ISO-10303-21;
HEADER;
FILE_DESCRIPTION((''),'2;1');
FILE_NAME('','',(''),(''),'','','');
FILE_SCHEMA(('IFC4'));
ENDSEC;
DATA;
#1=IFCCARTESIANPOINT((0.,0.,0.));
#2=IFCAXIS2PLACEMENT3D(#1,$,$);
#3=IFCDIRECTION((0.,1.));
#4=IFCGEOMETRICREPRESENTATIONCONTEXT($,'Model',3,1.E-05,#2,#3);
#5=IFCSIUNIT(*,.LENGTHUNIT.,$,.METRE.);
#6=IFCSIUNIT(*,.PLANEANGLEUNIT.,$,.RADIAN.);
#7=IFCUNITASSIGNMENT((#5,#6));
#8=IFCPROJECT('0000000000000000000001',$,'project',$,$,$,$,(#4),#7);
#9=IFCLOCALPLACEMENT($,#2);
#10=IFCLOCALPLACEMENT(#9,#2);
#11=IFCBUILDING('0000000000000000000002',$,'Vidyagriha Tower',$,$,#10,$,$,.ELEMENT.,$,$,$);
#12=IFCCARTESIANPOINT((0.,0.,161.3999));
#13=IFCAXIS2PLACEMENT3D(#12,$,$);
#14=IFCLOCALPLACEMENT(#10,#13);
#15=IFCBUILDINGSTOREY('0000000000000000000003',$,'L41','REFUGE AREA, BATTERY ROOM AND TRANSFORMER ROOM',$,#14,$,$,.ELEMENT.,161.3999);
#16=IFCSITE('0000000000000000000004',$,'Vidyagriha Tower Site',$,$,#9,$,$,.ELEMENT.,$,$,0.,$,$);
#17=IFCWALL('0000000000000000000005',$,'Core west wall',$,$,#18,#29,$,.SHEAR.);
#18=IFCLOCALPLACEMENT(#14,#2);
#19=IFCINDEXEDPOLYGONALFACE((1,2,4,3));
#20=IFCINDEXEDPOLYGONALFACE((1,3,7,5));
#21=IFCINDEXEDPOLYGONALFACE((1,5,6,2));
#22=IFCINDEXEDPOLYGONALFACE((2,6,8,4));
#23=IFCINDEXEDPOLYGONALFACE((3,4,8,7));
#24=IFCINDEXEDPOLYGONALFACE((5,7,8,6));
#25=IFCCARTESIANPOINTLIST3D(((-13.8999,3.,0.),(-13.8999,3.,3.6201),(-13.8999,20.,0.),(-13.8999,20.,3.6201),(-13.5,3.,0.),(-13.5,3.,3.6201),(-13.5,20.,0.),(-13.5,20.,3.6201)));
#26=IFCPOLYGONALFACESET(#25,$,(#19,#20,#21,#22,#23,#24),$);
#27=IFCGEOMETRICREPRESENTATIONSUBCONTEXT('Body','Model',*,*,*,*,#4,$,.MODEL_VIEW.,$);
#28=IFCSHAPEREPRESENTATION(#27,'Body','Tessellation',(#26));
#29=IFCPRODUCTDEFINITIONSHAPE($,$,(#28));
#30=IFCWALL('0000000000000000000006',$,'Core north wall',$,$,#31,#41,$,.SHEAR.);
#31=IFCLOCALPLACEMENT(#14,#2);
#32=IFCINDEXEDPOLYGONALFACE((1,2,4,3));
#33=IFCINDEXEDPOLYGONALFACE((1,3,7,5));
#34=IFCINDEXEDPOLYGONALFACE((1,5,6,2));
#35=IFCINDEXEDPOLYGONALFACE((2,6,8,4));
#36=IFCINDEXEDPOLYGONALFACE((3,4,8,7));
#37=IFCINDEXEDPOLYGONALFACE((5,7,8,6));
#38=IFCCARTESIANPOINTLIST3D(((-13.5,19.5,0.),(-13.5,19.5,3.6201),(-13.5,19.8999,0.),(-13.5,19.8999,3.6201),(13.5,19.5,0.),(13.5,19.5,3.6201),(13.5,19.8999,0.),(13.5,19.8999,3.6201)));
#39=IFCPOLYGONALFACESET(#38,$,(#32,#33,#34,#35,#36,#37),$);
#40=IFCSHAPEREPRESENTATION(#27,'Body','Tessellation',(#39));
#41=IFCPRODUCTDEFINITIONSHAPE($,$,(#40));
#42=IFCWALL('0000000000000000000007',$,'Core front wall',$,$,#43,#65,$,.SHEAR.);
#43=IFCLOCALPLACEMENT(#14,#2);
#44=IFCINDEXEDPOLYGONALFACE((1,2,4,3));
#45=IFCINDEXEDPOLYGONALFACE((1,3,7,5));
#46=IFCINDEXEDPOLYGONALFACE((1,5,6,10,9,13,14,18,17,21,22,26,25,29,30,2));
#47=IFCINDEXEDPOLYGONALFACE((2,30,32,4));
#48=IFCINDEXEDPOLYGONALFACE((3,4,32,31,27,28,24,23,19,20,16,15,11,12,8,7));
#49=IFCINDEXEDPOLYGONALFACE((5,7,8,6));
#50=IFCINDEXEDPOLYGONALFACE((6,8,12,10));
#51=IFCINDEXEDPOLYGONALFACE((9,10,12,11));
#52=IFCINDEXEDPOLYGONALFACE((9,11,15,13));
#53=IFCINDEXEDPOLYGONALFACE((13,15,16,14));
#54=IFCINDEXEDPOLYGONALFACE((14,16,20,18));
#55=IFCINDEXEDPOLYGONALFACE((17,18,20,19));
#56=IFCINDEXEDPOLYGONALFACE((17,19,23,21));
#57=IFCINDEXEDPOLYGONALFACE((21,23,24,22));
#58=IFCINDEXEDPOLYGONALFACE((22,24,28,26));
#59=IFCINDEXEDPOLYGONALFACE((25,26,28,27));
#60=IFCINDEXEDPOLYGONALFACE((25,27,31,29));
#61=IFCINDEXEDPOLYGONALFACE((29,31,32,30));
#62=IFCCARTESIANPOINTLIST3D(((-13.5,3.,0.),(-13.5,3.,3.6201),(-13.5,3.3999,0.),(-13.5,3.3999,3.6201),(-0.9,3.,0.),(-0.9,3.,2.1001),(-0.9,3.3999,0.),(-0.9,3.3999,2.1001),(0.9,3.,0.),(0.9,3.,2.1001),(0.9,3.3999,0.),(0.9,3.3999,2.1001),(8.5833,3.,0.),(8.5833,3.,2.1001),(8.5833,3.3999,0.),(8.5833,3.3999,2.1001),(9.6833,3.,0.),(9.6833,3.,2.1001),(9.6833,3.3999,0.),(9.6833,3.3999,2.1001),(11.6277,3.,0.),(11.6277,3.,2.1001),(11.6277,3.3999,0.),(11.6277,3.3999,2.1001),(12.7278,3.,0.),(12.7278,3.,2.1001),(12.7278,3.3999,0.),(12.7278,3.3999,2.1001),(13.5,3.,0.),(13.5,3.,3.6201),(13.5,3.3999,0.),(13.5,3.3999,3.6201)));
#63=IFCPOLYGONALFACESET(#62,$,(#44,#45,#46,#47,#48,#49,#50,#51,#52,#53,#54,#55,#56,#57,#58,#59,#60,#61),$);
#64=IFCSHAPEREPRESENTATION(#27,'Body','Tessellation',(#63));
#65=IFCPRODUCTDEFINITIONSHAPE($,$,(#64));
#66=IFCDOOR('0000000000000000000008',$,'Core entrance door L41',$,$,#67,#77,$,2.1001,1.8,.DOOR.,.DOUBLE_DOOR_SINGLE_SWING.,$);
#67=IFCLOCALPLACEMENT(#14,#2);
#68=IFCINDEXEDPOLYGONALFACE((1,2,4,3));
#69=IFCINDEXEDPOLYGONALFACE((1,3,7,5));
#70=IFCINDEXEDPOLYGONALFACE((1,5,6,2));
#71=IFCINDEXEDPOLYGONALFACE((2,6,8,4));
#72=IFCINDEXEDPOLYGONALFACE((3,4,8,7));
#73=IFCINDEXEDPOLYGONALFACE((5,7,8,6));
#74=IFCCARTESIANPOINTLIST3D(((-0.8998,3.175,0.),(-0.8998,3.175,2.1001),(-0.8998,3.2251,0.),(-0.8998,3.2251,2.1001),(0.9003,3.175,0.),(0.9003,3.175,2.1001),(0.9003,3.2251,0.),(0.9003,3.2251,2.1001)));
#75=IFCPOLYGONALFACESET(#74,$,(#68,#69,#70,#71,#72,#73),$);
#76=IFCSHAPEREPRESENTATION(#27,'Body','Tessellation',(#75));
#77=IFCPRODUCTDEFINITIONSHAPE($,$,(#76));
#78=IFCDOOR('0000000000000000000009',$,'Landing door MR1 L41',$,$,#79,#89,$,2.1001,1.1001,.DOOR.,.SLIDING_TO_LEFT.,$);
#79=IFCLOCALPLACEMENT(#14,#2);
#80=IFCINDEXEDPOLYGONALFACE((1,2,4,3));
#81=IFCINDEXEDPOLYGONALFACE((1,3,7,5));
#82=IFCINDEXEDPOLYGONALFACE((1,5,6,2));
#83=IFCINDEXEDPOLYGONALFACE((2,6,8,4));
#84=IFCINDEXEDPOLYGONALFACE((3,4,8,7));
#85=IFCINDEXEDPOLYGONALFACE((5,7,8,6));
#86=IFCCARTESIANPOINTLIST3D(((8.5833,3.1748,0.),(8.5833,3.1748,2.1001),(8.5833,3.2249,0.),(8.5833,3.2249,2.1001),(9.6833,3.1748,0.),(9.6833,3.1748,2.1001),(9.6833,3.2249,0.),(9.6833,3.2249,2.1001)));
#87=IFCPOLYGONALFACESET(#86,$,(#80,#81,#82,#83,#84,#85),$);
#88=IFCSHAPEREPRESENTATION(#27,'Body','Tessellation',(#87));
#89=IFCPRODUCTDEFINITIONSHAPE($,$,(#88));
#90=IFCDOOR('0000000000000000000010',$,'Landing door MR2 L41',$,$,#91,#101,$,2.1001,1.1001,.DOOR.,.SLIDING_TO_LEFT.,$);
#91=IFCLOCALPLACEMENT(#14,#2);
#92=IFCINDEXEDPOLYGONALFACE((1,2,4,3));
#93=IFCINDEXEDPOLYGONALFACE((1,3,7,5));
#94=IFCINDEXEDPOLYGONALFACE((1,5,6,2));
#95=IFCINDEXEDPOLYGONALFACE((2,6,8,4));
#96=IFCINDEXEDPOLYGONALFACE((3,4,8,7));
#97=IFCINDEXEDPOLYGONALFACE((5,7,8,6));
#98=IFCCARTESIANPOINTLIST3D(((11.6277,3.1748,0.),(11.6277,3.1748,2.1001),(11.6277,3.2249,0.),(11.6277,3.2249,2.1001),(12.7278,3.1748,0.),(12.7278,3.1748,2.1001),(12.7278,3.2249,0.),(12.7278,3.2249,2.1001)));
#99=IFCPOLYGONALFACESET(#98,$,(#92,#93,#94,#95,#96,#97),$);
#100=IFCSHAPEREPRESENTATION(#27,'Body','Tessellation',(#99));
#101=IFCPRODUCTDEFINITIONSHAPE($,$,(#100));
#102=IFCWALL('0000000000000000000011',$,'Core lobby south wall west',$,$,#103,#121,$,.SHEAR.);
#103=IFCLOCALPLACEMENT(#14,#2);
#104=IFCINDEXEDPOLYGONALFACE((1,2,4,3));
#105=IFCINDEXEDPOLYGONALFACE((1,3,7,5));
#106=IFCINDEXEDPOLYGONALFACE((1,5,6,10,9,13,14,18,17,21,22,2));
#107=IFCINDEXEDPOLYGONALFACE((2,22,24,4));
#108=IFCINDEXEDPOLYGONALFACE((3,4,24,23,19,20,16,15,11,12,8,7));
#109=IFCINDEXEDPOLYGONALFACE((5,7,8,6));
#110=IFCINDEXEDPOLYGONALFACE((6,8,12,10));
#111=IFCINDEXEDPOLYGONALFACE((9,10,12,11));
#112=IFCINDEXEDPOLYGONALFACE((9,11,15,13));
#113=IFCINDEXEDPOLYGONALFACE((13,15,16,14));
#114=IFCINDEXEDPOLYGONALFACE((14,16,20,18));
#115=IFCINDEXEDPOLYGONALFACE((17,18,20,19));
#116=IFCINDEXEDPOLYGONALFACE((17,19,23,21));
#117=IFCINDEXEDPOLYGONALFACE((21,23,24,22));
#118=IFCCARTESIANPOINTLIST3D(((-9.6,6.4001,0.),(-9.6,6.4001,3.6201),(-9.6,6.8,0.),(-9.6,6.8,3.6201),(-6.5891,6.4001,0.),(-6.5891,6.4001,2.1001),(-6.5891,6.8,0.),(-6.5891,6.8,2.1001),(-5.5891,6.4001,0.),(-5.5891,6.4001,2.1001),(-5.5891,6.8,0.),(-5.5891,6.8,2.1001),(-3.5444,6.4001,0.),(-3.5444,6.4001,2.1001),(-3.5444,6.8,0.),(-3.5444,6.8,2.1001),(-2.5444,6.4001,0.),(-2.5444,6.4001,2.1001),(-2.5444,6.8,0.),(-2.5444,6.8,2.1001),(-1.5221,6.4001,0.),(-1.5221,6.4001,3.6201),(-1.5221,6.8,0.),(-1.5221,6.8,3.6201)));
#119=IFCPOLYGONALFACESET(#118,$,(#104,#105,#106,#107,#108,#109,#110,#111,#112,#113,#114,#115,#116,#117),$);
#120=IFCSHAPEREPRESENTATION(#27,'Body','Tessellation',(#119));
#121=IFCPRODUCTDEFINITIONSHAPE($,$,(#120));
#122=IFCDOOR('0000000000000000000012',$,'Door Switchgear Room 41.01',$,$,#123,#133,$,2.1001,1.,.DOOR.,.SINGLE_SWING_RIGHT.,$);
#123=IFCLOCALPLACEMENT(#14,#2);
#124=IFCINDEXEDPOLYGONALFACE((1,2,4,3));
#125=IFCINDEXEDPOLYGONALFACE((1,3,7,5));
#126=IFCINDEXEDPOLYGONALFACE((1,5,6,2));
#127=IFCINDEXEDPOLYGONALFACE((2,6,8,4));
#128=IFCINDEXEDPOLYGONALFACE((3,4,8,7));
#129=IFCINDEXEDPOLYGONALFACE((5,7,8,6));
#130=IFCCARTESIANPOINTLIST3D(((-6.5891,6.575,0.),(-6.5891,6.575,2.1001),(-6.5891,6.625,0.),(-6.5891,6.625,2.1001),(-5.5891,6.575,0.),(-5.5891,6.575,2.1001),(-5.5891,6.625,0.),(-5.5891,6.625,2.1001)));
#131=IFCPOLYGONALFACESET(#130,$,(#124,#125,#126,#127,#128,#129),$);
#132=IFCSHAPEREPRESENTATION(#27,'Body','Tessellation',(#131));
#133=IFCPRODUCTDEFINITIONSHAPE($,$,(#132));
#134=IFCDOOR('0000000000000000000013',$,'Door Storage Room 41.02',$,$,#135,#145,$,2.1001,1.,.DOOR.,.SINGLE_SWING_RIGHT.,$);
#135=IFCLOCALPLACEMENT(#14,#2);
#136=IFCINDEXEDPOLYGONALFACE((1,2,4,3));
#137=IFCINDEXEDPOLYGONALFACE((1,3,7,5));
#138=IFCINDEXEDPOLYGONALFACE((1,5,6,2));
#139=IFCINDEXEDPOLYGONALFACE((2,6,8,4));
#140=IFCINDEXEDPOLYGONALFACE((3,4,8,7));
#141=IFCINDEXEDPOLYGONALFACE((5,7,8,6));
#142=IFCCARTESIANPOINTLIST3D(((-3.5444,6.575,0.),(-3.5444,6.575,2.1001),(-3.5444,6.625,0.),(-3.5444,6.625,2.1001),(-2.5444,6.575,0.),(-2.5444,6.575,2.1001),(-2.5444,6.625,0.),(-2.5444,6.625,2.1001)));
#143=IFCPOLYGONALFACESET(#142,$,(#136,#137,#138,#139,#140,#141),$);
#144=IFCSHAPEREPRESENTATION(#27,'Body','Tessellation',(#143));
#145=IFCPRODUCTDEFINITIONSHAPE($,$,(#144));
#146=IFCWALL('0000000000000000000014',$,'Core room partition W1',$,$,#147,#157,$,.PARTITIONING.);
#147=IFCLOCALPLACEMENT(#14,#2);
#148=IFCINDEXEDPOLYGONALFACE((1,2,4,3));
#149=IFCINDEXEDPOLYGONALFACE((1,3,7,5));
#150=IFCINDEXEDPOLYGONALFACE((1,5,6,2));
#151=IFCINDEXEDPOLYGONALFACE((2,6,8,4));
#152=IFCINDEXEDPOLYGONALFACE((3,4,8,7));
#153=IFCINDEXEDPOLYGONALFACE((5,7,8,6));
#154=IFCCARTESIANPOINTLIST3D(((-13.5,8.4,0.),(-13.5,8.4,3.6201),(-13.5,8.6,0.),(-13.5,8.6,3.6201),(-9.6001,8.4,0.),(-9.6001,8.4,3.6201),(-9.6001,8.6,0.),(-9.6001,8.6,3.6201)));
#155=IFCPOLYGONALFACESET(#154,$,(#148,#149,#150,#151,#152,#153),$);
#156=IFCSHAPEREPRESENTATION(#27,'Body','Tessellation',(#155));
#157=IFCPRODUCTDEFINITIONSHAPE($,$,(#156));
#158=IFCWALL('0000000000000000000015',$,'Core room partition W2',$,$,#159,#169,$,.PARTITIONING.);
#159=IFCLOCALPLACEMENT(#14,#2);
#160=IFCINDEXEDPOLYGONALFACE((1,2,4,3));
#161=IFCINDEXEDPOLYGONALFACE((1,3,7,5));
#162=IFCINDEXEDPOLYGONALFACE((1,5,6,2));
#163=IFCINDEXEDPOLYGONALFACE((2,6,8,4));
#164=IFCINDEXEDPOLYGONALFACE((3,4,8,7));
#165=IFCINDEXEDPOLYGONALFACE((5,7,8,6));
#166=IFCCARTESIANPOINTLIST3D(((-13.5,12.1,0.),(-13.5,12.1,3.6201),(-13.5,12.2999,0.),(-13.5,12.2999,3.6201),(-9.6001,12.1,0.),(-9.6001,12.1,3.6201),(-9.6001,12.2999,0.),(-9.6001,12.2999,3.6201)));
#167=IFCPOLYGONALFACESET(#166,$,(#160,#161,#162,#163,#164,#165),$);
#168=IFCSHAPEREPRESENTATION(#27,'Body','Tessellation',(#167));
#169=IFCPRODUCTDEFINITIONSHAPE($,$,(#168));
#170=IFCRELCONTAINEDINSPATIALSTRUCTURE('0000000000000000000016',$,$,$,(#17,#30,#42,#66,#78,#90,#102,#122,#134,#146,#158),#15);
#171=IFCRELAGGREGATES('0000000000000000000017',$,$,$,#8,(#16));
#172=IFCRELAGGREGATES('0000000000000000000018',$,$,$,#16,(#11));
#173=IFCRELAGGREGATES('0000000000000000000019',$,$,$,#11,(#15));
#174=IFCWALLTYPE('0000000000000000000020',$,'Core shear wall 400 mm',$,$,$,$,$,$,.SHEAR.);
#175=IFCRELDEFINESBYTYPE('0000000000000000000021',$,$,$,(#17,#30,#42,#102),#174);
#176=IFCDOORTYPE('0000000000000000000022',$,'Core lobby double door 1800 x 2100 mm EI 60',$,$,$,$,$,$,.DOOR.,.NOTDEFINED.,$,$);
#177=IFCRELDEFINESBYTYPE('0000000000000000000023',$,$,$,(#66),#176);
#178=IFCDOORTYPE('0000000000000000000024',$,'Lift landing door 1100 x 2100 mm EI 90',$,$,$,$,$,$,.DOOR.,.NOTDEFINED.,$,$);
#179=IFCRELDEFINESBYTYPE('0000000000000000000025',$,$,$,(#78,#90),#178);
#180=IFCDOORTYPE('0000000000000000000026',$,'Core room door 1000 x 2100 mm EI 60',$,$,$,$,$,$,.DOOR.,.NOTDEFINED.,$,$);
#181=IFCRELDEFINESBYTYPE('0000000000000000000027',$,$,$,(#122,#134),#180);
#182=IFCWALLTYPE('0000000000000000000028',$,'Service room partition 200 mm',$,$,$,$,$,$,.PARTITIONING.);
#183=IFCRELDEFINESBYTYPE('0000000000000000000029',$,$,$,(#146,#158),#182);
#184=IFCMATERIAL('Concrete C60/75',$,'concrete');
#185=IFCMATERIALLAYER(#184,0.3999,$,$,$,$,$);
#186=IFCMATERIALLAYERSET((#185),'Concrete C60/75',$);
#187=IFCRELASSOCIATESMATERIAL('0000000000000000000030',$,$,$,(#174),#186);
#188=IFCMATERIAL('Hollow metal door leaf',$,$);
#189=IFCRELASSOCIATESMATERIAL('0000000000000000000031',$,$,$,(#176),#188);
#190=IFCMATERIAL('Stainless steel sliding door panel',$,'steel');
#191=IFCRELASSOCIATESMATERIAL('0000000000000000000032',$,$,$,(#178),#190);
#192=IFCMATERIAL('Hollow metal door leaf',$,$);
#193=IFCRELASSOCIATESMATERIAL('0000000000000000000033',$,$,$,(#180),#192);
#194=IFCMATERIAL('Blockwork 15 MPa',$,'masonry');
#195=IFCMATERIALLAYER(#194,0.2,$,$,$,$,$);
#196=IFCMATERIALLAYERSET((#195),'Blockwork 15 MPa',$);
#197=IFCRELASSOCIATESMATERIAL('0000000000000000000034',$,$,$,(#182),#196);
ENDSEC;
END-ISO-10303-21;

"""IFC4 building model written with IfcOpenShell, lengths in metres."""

from ifc_helpers import new_model, si_unit, direction, frame, frame_2d, origin, place, context, subcontext, project, spatial, rectangle, extrude, material, layer, layer_set, type_object, element, fill, save


model = new_model("IFC4")

# Units and contexts
model_context = context("Model", 3, precision=1e-05, world=origin(), true_north=direction((0.0, 1.0)))
body_context = subcontext(model_context, "Body", "Model", "MODEL_VIEW")
ifc_project = project(units=[si_unit("LENGTHUNIT", "METRE"), si_unit("PLANEANGLEUNIT", "RADIAN")], contexts=[model_context])

# Site, building, storey
site_placement = place(None, origin())
site = spatial("IfcSite", under=ifc_project, at=site_placement, Name="Vidyagriha Tower Site", CompositionType="ELEMENT", RefElevation=0.0)
building_placement = place(site_placement, origin())
building = spatial("IfcBuilding", under=site, at=building_placement, Name="Vidyagriha Tower", CompositionType="ELEMENT")
storey_placement = place(building_placement, frame((0.0, 0.0, 161.3999)))
storey = spatial("IfcBuildingStorey", under=building, at=storey_placement, Name="L41", Description="REFUGE AREA, BATTERY ROOM AND TRANSFORMER ROOM", CompositionType="ELEMENT", Elevation=161.3999)

# Walls
ifc_material_1 = material(Name="Concrete C60/75", Category="concrete")
ifc_layer_1 = layer(ifc_material_1, 0.3999)
ifc_layer_set_1 = layer_set([ifc_layer_1], Name="Concrete C60/75")
wall_type_1 = type_object("IfcWallType", Name="Core shear wall 400 mm", PredefinedType="SHEAR", material=ifc_layer_set_1)
wall_1_placement = place(storey_placement, frame((-13.7, 3.0, 0.0), z_axis=(0.0, 0.0, 1.0), x_axis=(0.0, 1.0, 0.0)))
element("IfcWall", 1, at=wall_1_placement, inside=storey, type_object=wall_type_1, Name="Core west wall", PredefinedType="SHEAR", context=body_context, shape_type="SweptSolid", body=[
    extrude(rectangle(XDim=17.0, YDim=0.3999, at=frame_2d((8.5, 0.0))), origin(), (0.0, 0.0, 1.0), 3.6201),
])
wall_2_placement = place(storey_placement, frame((-13.5, 19.7, 0.0)))
element("IfcWall", 2, at=wall_2_placement, inside=storey, type_object=wall_type_1, Name="Core north wall", PredefinedType="SHEAR", context=body_context, shape_type="SweptSolid", body=[
    extrude(rectangle(XDim=27.0, YDim=0.3999, at=frame_2d((13.5, 0.0))), origin(), (0.0, 0.0, 1.0), 3.6201),
])

# Walls, openings, doors
wall_3_placement = place(storey_placement, frame((-13.5, 3.2, 0.0)))
wall_3 = element("IfcWall", 3, at=wall_3_placement, inside=storey, type_object=wall_type_1, Name="Core front wall", PredefinedType="SHEAR", context=body_context, shape_type="SweptSolid", body=[
    extrude(rectangle(XDim=27.0, YDim=0.3999, at=frame_2d((13.5, 0.0))), origin(), (0.0, 0.0, 1.0), 3.6201),
])
opening_1_placement = place(wall_3_placement, frame((22.0833, 0.0, 0.0)))
opening_1 = element("IfcOpeningElement", 4, at=opening_1_placement, cuts=wall_3, PredefinedType="OPENING", context=body_context, shape_type="SweptSolid", body=[
    extrude(rectangle(XDim=1.1001, YDim=2.1001, at=frame_2d((0.55, 1.05))), frame((0.0, 0.21, 0.0), z_axis=(0.0, -1.0, 0.0), x_axis=(1.0, 0.0, 0.0)), (0.0, 0.0, 1.0), 0.4199),
])
opening_2_placement = place(wall_3_placement, frame((25.1277, 0.0, 0.0)))
opening_2 = element("IfcOpeningElement", 5, at=opening_2_placement, cuts=wall_3, PredefinedType="OPENING", context=body_context, shape_type="SweptSolid", body=[
    extrude(rectangle(XDim=1.1001, YDim=2.1001, at=frame_2d((0.55, 1.05))), frame((0.0, 0.21, 0.0), z_axis=(0.0, -1.0, 0.0), x_axis=(1.0, 0.0, 0.0)), (0.0, 0.0, 1.0), 0.4199),
])
opening_3_placement = place(wall_3_placement, frame((12.6001, 0.0, 0.0)))
opening_3 = element("IfcOpeningElement", 6, at=opening_3_placement, cuts=wall_3, PredefinedType="OPENING", context=body_context, shape_type="SweptSolid", body=[
    extrude(rectangle(XDim=1.8, YDim=2.1001, at=frame_2d((0.8999, 1.05))), frame((0.0, 0.21, 0.0), z_axis=(0.0, -1.0, 0.0), x_axis=(1.0, 0.0, 0.0)), (0.0, 0.0, 1.0), 0.4199),
])
ifc_material_2 = material(Name="Hollow metal door leaf")
door_type_1 = type_object("IfcDoorType", Name="Core lobby double door 1800 x 2100 mm EI 60", OperationType="NOTDEFINED", PredefinedType="DOOR", material=ifc_material_2)
door_1_placement = place(opening_3_placement, frame((1.8, 0.0, 0.0), z_axis=(0.0, 0.0, 1.0), x_axis=(-1.0, 0.0, 0.0)))
door_1 = element("IfcDoor", 7, at=door_1_placement, inside=storey, type_object=door_type_1, Name="Core entrance door L41", OperationType="DOUBLE_DOOR_SINGLE_SWING", OverallHeight=2.1001, OverallWidth=1.8, PredefinedType="DOOR", context=body_context, shape_type="SweptSolid", body=[
    extrude(rectangle(XDim=1.8, YDim=2.1001, at=frame_2d((0.8999, 1.05))), frame((0.0, 0.0249, 0.0), z_axis=(0.0, -1.0, 0.0), x_axis=(1.0, 0.0, 0.0)), (0.0, 0.0, 1.0), 0.05),
])
fill(opening_3, door_1)
ifc_material_3 = material(Name="Stainless steel sliding door panel", Category="steel")
door_type_2 = type_object("IfcDoorType", Name="Lift landing door 1100 x 2100 mm EI 90", OperationType="NOTDEFINED", PredefinedType="DOOR", material=ifc_material_3)
door_2_placement = place(opening_1_placement, origin())
door_2 = element("IfcDoor", 8, at=door_2_placement, inside=storey, type_object=door_type_2, Name="Landing door MR1 L41", OperationType="SLIDING_TO_LEFT", OverallHeight=2.1001, OverallWidth=1.1001, PredefinedType="DOOR", context=body_context, shape_type="SweptSolid", body=[
    extrude(rectangle(XDim=1.1001, YDim=2.1001, at=frame_2d((0.55, 1.05))), frame((0.0, 0.0249, 0.0), z_axis=(0.0, -1.0, 0.0), x_axis=(1.0, 0.0, 0.0)), (0.0, 0.0, 1.0), 0.05),
])
fill(opening_1, door_2)
door_3_placement = place(opening_2_placement, origin())
door_3 = element("IfcDoor", 9, at=door_3_placement, inside=storey, type_object=door_type_2, Name="Landing door MR2 L41", OperationType="SLIDING_TO_LEFT", OverallHeight=2.1001, OverallWidth=1.1001, PredefinedType="DOOR", context=body_context, shape_type="SweptSolid", body=[
    extrude(rectangle(XDim=1.1001, YDim=2.1001, at=frame_2d((0.55, 1.05))), frame((0.0, 0.0249, 0.0), z_axis=(0.0, -1.0, 0.0), x_axis=(1.0, 0.0, 0.0)), (0.0, 0.0, 1.0), 0.05),
])
fill(opening_2, door_3)
wall_4_placement = place(storey_placement, frame((-9.6001, 6.6001, 0.0)))
wall_4 = element("IfcWall", 10, at=wall_4_placement, inside=storey, type_object=wall_type_1, Name="Core lobby south wall west", PredefinedType="SHEAR", context=body_context, shape_type="SweptSolid", body=[
    extrude(rectangle(XDim=8.0779, YDim=0.3999, at=frame_2d((4.0391, 0.0))), origin(), (0.0, 0.0, 1.0), 3.6201),
])
opening_4_placement = place(wall_4_placement, frame((3.011, 0.0, 0.0)))
opening_4 = element("IfcOpeningElement", 11, at=opening_4_placement, cuts=wall_4, PredefinedType="OPENING", context=body_context, shape_type="SweptSolid", body=[
    extrude(rectangle(XDim=1.0, YDim=2.1001, at=frame_2d((0.5, 1.05))), frame((0.0, 0.21, 0.0), z_axis=(0.0, -1.0, 0.0), x_axis=(1.0, 0.0, 0.0)), (0.0, 0.0, 1.0), 0.4199),
])
opening_5_placement = place(wall_4_placement, frame((6.0557, 0.0, 0.0)))
opening_5 = element("IfcOpeningElement", 12, at=opening_5_placement, cuts=wall_4, PredefinedType="OPENING", context=body_context, shape_type="SweptSolid", body=[
    extrude(rectangle(XDim=1.0, YDim=2.1001, at=frame_2d((0.5, 1.05))), frame((0.0, 0.21, 0.0), z_axis=(0.0, -1.0, 0.0), x_axis=(1.0, 0.0, 0.0)), (0.0, 0.0, 1.0), 0.4199),
])
ifc_material_4 = material(Name="Hollow metal door leaf")
door_type_3 = type_object("IfcDoorType", Name="Core room door 1000 x 2100 mm EI 60", OperationType="NOTDEFINED", PredefinedType="DOOR", material=ifc_material_4)
door_4_placement = place(opening_4_placement, origin())
door_4 = element("IfcDoor", 13, at=door_4_placement, inside=storey, type_object=door_type_3, Name="Door Switchgear Room 41.01", OperationType="SINGLE_SWING_RIGHT", OverallHeight=2.1001, OverallWidth=1.0, PredefinedType="DOOR", context=body_context, shape_type="SweptSolid", body=[
    extrude(rectangle(XDim=1.0, YDim=2.1001, at=frame_2d((0.5, 1.05))), frame((0.0, 0.0249, 0.0), z_axis=(0.0, -1.0, 0.0), x_axis=(1.0, 0.0, 0.0)), (0.0, 0.0, 1.0), 0.05),
])
fill(opening_4, door_4)
door_5_placement = place(opening_5_placement, origin())
door_5 = element("IfcDoor", 14, at=door_5_placement, inside=storey, type_object=door_type_3, Name="Door Storage Room 41.02", OperationType="SINGLE_SWING_RIGHT", OverallHeight=2.1001, OverallWidth=1.0, PredefinedType="DOOR", context=body_context, shape_type="SweptSolid", body=[
    extrude(rectangle(XDim=1.0, YDim=2.1001, at=frame_2d((0.5, 1.05))), frame((0.0, 0.0249, 0.0), z_axis=(0.0, -1.0, 0.0), x_axis=(1.0, 0.0, 0.0)), (0.0, 0.0, 1.0), 0.05),
])
fill(opening_5, door_5)

# Walls
ifc_material_5 = material(Name="Blockwork 15 MPa", Category="masonry")
ifc_layer_2 = layer(ifc_material_5, 0.2)
ifc_layer_set_2 = layer_set([ifc_layer_2], Name="Blockwork 15 MPa")
wall_type_2 = type_object("IfcWallType", Name="Service room partition 200 mm", PredefinedType="PARTITIONING", material=ifc_layer_set_2)
for number, where, name in (
    (15, (-13.5, 8.5, 0.0), "Core room partition W1"),
    (16, (-13.5, 12.2, 0.0), "Core room partition W2"),
):
    element("IfcWall", number, at=place(storey_placement, frame(where)), inside=storey, type_object=wall_type_2, Name=name, PredefinedType="PARTITIONING", context=body_context, shape_type="SweptSolid", body=[
        extrude(rectangle(XDim=3.8999, YDim=0.2, at=frame_2d((1.95, 0.0))), origin(), (0.0, 0.0, 1.0), 3.6201),
    ])

save(model, "model.ifc")
